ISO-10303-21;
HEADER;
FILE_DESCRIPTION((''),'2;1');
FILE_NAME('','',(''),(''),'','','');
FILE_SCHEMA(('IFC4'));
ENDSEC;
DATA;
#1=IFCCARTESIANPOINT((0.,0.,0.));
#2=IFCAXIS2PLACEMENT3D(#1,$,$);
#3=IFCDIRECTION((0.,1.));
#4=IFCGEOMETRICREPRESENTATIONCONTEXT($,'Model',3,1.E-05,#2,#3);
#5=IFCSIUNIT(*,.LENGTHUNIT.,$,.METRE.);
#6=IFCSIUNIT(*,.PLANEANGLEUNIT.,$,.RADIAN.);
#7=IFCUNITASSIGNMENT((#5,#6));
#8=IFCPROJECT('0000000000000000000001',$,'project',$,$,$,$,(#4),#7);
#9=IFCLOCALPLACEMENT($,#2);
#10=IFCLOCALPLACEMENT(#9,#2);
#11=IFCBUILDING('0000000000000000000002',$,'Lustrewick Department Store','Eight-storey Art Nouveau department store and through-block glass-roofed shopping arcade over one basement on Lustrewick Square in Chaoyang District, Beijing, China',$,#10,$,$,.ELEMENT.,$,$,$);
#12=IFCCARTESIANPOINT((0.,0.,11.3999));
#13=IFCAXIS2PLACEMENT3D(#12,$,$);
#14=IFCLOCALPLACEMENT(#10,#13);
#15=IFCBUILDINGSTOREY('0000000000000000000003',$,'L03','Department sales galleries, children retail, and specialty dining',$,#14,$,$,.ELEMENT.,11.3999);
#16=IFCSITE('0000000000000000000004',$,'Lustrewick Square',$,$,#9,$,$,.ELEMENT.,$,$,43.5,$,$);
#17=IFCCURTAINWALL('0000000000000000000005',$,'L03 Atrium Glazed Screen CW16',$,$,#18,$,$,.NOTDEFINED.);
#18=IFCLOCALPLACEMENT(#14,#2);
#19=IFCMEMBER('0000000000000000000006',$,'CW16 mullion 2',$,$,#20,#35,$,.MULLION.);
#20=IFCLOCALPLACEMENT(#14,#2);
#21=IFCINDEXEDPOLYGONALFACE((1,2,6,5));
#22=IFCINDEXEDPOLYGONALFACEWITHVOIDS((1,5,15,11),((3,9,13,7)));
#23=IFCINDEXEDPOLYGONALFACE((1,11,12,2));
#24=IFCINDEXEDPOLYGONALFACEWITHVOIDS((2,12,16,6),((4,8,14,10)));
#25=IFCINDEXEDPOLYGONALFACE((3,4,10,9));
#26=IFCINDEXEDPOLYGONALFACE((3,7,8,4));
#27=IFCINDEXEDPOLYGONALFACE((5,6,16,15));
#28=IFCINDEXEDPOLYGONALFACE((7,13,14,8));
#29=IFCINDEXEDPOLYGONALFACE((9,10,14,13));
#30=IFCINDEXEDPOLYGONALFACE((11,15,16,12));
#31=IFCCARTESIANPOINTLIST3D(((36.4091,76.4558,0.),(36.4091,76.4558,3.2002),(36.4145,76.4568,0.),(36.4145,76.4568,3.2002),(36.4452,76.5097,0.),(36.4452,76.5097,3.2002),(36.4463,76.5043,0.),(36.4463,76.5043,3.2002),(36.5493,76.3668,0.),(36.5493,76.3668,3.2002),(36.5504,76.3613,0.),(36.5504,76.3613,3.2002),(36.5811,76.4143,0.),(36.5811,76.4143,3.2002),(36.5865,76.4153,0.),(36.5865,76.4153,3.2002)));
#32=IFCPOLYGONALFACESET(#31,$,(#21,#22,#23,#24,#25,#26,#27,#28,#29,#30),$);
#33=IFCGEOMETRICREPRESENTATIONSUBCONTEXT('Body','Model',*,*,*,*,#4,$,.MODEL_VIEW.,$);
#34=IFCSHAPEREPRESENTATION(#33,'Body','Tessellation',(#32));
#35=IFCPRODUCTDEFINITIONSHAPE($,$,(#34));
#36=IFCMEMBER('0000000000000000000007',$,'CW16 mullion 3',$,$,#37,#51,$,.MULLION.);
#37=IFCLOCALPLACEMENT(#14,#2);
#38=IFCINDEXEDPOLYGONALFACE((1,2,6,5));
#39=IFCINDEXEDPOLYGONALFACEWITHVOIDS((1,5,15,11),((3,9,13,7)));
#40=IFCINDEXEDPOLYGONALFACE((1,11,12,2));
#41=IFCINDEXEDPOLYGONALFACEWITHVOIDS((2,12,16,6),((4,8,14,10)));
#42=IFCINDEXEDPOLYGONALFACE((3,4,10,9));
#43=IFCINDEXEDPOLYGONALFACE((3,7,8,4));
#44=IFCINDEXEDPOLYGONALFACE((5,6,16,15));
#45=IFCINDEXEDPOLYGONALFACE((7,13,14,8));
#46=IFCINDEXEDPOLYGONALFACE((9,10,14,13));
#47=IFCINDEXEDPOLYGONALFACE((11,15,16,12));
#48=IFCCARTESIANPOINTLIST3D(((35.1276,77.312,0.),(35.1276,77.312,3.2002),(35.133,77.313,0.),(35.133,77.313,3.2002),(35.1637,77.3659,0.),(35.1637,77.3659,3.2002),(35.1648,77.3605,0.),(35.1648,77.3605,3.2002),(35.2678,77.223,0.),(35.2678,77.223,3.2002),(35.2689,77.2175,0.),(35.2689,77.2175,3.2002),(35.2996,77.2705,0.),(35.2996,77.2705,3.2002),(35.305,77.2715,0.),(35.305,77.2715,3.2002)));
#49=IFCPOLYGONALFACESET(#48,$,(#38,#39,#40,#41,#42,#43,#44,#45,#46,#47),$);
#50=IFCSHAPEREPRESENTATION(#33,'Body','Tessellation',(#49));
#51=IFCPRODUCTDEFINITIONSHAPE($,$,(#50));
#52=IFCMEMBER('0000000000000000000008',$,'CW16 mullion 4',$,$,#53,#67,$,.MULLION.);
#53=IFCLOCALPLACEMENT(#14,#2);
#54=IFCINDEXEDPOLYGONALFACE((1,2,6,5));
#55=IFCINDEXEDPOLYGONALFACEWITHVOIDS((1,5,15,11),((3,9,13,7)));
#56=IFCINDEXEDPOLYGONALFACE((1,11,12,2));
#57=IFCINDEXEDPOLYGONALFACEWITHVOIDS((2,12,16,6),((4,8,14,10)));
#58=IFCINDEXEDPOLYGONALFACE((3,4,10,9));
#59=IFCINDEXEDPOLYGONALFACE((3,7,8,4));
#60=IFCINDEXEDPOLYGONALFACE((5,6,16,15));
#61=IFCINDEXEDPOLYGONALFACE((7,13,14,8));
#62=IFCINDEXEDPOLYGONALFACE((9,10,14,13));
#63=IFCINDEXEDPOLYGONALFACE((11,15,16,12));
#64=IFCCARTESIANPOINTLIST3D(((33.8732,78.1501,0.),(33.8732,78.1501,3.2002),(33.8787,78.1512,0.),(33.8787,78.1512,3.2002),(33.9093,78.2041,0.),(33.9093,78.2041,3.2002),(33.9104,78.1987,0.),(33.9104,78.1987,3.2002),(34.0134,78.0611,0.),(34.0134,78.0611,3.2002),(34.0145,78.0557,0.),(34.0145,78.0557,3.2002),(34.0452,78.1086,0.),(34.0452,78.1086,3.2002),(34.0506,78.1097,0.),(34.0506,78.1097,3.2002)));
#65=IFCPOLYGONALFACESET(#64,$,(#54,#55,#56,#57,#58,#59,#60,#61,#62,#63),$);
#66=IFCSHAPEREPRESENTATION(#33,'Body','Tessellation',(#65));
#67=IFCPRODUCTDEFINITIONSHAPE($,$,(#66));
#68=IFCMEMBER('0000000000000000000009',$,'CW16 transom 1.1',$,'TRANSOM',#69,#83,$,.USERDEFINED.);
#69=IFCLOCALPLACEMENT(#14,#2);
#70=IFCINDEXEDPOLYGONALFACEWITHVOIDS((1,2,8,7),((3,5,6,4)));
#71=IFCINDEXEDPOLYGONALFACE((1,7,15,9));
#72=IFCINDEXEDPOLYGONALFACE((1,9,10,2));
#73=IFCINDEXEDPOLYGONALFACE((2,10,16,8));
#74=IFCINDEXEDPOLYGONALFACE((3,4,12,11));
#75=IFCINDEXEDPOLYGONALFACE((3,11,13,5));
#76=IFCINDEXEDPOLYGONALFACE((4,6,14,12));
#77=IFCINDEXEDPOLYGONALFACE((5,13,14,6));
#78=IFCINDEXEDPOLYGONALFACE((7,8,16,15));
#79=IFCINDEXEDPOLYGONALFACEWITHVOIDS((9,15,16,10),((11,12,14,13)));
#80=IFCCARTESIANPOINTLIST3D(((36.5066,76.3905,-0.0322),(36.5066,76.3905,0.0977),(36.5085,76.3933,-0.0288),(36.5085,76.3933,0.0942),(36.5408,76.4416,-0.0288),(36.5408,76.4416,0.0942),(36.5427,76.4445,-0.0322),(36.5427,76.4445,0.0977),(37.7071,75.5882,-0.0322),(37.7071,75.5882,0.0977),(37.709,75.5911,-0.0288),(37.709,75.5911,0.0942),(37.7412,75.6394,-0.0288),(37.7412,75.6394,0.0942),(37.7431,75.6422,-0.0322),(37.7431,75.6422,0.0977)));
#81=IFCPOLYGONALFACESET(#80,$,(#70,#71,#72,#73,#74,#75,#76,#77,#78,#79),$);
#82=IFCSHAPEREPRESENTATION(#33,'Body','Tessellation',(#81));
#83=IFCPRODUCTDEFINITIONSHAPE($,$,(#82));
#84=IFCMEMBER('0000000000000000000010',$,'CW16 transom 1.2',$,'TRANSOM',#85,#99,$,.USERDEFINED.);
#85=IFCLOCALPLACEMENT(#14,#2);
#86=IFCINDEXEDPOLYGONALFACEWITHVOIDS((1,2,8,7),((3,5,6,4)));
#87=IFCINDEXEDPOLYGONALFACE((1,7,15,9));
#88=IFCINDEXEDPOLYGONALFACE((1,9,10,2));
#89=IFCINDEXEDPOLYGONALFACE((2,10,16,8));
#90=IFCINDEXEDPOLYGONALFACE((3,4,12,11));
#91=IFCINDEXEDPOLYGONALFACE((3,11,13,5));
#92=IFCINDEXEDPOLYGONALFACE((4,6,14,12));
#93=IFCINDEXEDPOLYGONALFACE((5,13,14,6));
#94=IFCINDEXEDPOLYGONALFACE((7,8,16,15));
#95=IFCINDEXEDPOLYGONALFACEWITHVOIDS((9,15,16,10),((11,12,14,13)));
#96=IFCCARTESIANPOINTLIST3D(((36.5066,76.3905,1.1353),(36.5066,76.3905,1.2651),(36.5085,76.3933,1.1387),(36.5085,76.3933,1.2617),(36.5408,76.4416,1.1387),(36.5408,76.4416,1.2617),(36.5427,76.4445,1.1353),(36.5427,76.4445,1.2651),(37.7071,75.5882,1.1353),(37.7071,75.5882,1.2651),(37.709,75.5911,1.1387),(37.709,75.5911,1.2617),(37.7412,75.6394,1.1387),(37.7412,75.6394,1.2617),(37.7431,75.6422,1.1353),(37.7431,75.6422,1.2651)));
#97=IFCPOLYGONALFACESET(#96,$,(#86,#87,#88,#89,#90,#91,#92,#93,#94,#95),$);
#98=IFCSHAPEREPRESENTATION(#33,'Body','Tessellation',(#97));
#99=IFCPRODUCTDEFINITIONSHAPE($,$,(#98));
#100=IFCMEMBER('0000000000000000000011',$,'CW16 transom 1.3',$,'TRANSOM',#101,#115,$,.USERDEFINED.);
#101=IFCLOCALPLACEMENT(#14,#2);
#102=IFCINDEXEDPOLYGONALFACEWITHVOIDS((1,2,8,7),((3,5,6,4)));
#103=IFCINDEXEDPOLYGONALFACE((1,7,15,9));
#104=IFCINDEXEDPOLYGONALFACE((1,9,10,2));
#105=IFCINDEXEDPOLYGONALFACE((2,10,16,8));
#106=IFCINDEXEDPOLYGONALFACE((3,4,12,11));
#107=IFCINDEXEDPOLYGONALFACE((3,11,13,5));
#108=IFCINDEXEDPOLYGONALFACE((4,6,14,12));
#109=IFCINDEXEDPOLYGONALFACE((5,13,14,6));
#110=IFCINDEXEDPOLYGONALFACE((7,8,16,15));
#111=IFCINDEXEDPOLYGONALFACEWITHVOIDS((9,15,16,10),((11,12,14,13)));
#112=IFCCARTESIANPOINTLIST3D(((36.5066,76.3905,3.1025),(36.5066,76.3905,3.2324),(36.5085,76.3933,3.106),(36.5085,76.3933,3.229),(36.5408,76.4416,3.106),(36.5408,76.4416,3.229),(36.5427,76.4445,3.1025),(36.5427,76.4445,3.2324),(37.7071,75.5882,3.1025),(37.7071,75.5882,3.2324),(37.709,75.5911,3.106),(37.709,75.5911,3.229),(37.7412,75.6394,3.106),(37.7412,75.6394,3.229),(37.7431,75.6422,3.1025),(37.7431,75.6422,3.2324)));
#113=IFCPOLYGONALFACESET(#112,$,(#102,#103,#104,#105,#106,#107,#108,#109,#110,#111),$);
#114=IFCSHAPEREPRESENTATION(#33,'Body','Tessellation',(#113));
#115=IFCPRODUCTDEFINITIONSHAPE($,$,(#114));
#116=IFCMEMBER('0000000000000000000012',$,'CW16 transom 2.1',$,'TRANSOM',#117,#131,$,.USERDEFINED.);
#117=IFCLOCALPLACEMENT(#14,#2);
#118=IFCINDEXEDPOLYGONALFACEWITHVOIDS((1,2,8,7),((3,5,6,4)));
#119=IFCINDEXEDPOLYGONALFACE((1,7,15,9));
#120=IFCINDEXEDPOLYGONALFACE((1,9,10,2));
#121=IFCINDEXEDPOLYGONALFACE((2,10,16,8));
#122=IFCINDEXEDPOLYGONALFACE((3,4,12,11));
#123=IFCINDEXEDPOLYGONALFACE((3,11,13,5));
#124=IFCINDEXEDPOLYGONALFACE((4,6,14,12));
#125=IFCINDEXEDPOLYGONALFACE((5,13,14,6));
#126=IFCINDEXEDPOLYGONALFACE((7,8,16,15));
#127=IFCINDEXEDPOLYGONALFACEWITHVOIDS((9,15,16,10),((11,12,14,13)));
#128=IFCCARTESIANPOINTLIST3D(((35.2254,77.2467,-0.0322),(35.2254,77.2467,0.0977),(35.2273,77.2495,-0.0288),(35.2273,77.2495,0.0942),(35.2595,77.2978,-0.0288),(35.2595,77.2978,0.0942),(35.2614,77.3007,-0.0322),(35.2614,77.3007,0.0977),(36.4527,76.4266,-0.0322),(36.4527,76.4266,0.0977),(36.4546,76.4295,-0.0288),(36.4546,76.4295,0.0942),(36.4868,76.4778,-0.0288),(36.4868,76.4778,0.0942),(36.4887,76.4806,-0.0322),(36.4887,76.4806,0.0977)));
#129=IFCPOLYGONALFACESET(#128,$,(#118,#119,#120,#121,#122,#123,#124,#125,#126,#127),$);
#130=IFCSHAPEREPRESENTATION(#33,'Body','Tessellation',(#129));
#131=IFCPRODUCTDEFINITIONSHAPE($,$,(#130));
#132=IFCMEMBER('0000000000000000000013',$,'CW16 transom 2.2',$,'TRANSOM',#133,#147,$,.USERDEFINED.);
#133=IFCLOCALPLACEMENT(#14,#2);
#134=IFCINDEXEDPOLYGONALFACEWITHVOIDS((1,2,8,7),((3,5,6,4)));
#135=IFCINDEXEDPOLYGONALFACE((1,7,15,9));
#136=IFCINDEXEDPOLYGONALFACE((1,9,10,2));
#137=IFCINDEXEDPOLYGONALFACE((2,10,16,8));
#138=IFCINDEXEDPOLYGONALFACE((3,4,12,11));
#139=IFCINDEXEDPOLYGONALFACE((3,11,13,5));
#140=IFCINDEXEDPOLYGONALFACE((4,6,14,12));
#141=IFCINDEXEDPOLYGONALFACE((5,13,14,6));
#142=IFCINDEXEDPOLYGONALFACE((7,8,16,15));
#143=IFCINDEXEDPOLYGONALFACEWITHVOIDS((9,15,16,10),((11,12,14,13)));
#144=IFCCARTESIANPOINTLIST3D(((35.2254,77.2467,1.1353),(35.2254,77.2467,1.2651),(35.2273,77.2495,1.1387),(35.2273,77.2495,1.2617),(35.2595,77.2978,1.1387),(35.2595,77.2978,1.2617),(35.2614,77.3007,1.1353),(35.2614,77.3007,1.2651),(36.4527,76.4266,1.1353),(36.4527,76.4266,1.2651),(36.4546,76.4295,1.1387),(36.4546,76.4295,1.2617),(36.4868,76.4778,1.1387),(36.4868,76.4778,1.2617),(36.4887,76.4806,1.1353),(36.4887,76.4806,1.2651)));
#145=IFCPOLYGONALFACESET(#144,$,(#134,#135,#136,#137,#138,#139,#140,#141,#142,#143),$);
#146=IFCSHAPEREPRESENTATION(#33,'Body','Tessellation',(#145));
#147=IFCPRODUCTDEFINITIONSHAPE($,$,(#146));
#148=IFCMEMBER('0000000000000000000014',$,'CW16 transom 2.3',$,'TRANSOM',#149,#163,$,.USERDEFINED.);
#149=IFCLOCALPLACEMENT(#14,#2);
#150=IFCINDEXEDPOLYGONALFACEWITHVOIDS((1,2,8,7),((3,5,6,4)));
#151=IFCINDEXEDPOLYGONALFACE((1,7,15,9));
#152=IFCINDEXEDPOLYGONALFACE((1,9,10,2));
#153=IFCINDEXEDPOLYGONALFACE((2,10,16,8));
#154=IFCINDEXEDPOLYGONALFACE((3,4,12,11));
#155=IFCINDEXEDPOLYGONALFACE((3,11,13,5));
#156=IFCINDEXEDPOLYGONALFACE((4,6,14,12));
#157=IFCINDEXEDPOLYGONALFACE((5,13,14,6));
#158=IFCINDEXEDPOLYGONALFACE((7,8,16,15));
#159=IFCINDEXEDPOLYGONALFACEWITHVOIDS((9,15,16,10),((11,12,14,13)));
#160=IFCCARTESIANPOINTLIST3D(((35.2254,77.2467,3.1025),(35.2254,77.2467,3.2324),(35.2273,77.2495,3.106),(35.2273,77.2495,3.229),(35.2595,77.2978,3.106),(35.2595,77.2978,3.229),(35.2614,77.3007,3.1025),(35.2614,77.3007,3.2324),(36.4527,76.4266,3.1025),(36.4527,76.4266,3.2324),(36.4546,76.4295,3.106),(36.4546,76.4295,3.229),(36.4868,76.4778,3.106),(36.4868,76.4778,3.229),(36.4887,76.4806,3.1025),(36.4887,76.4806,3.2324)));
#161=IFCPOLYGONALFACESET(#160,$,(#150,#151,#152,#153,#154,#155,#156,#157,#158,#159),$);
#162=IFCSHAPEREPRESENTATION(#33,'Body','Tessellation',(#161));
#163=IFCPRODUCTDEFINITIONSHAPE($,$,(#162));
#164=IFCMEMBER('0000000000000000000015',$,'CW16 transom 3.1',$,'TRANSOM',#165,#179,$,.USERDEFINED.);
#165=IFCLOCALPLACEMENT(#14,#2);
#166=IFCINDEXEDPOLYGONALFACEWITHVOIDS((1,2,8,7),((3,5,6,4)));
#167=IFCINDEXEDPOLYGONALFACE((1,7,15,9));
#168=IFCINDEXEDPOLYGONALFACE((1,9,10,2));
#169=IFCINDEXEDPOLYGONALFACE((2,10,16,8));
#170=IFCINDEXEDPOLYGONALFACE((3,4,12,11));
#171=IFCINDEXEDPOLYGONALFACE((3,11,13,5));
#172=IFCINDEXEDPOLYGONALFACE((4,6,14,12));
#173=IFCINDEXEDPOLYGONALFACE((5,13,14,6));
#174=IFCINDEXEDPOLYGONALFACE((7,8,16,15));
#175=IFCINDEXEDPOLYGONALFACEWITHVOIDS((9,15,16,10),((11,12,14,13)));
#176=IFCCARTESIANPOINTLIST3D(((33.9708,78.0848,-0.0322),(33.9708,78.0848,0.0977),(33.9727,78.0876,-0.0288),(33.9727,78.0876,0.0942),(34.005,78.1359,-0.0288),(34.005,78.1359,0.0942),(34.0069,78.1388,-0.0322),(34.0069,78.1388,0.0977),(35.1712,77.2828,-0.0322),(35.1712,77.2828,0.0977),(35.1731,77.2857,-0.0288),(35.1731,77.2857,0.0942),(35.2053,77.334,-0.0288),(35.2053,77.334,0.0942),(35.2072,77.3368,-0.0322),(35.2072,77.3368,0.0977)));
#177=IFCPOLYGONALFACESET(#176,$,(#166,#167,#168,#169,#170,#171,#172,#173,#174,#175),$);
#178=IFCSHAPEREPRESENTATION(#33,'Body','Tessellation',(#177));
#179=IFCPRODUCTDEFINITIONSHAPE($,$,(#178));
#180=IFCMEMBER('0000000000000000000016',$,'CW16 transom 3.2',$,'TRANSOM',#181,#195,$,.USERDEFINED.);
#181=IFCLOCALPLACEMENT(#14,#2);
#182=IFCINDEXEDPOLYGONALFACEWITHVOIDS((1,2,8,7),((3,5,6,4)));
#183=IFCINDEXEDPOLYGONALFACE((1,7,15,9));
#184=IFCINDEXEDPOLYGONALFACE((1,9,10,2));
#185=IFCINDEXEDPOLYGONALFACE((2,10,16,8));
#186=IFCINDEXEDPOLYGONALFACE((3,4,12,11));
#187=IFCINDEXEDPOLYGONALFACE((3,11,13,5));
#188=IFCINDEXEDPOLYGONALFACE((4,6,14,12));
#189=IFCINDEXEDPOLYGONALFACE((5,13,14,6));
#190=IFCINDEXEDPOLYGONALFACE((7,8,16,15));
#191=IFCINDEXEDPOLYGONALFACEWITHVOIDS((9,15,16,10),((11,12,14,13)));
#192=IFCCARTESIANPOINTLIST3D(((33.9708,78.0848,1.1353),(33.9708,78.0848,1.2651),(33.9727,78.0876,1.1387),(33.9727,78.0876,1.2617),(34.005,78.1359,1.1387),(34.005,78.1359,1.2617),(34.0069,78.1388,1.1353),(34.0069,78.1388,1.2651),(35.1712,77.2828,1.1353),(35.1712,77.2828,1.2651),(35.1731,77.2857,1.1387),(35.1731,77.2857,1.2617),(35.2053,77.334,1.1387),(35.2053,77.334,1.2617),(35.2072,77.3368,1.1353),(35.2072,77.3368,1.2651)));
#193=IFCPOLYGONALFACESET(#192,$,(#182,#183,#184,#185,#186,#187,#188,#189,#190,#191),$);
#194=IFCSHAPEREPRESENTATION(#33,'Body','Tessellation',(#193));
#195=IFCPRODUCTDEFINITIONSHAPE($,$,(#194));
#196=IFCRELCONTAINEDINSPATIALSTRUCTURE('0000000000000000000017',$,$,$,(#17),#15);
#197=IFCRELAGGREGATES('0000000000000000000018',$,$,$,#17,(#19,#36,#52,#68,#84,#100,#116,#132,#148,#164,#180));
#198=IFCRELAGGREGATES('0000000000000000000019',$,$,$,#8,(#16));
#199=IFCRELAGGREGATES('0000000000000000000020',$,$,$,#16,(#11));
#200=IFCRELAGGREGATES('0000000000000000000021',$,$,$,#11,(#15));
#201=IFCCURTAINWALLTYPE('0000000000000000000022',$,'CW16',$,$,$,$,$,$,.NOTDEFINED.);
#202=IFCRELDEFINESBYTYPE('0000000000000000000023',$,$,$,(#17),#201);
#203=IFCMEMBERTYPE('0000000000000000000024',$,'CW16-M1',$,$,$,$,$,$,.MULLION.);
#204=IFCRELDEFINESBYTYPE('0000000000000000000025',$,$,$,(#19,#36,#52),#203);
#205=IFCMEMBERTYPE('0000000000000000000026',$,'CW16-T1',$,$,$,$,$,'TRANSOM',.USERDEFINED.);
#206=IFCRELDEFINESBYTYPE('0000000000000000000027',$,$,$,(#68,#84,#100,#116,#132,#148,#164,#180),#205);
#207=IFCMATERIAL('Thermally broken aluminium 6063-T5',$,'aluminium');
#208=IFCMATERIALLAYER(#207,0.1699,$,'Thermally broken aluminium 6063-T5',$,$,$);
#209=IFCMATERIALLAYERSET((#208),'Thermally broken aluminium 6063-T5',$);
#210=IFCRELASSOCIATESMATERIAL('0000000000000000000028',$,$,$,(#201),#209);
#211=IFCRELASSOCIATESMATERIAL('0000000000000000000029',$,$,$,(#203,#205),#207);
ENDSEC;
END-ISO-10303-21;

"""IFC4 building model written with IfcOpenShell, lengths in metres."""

from ifc_helpers import new_model, si_unit, direction, frame, origin, origin_2d, place, context, subcontext, project, spatial, hollow_rectangle, extrude, material, layer, layer_set, material_profile, profile_set, type_object, element, aggregate, save


model = new_model("IFC4")

# Units and contexts
model_context = context("Model", 3, precision=1e-05, world=origin(), true_north=direction((0.0, 1.0)))
body_context = subcontext(model_context, "Body", "Model", "MODEL_VIEW")
ifc_project = project(units=[si_unit("LENGTHUNIT", "METRE"), si_unit("PLANEANGLEUNIT", "RADIAN")], contexts=[model_context])

# Site, building, storey
site_placement = place(None, origin())
site = spatial("IfcSite", under=ifc_project, at=site_placement, Name="Lustrewick Square", CompositionType="ELEMENT", RefElevation=43.5)
building_placement = place(site_placement, origin())
building = spatial("IfcBuilding", under=site, at=building_placement, Name="Lustrewick Department Store", Description="Eight-storey Art Nouveau department store and through-block glass-roofed shopping arcade over one basement on Lustrewick Square in Chaoyang District, Beijing, China", CompositionType="ELEMENT")
storey_placement = place(building_placement, frame((0.0, 0.0, 11.3999)))
storey = spatial("IfcBuildingStorey", under=building, at=storey_placement, Name="L03", Description="Department sales galleries, children retail, and specialty dining", CompositionType="ELEMENT", Elevation=11.3999)

# Curtain wall, members
ifc_material_1 = material(Name="Thermally broken aluminium 6063-T5", Category="aluminium")
ifc_layer_1 = layer(ifc_material_1, 0.1699, Name="Thermally broken aluminium 6063-T5")
ifc_layer_set_1 = layer_set([ifc_layer_1], Name="Thermally broken aluminium 6063-T5")
curtain_wall_type_1 = type_object("IfcCurtainWallType", Name="CW16", PredefinedType="NOTDEFINED", material=ifc_layer_set_1)
curtain_wall_1_placement = place(storey_placement, origin())
curtain_wall_1 = element("IfcCurtainWall", 1, at=curtain_wall_1_placement, inside=storey, type_object=curtain_wall_type_1, Name="L03 Atrium Glazed Screen CW16", PredefinedType="NOTDEFINED")
ifc_material_profile_1 = material_profile(ifc_material_1, hollow_rectangle(XDim=0.0649, YDim=0.1699, WallThickness=0.0039, at=origin_2d()), Name="ALU-M 65x170x4")
ifc_profile_set_1 = profile_set([ifc_material_profile_1], Name="Thermally broken aluminium 6063-T5")
member_type_1 = type_object("IfcMemberType", Name="CW16-M1", PredefinedType="MULLION", material=ifc_profile_set_1)
member_1_placement = place(storey_placement, frame((36.4978, 76.4355, 0.0), z_axis=(0.0, 0.0, 1.0), x_axis=(-0.555578, -0.831464, 0.0)))
member_1 = element("IfcMember", 2, at=member_1_placement, type_object=member_type_1, Name="CW16 mullion 2", PredefinedType="MULLION", context=body_context, shape_type="SweptSolid", body=[
    extrude(hollow_rectangle(XDim=0.0649, YDim=0.1699, WallThickness=0.0039, at=origin_2d()), origin(), (0.0, 0.0, 1.0), 3.2002),
])
member_2_placement = place(storey_placement, frame((35.2163, 77.2917, 0.0), z_axis=(0.0, 0.0, 1.0), x_axis=(-0.555578, -0.831464, 0.0)))
member_2 = element("IfcMember", 3, at=member_2_placement, type_object=member_type_1, Name="CW16 mullion 3", PredefinedType="MULLION", context=body_context, shape_type="SweptSolid", body=[
    extrude(hollow_rectangle(XDim=0.0649, YDim=0.1699, WallThickness=0.0039, at=origin_2d()), origin(), (0.0, 0.0, 1.0), 3.2002),
])
member_3_placement = place(storey_placement, frame((33.9619, 78.1299, 0.0), z_axis=(0.0, 0.0, 1.0), x_axis=(-0.555578, -0.831464, 0.0)))
member_3 = element("IfcMember", 4, at=member_3_placement, type_object=member_type_1, Name="CW16 mullion 4", PredefinedType="MULLION", context=body_context, shape_type="SweptSolid", body=[
    extrude(hollow_rectangle(XDim=0.0649, YDim=0.1699, WallThickness=0.0039, at=origin_2d()), origin(), (0.0, 0.0, 1.0), 3.2002),
])
ifc_material_profile_2 = material_profile(ifc_material_1, hollow_rectangle(XDim=0.0649, YDim=0.1299, WallThickness=0.0034, at=origin_2d()), Name="ALU-T 65x130x3.5")
ifc_profile_set_2 = profile_set([ifc_material_profile_2], Name="Thermally broken aluminium 6063-T5")
member_type_2 = type_object("IfcMemberType", Name="CW16-T1", ElementType="TRANSOM", PredefinedType="USERDEFINED", material=ifc_profile_set_2)
member_4_placement = place(storey_placement, frame((37.7251, 75.6152, 0.0327), z_axis=(-0.831425, 0.555636, 0.0), x_axis=(-0.555636, -0.831425, 0.0)))
member_4 = element("IfcMember", 5, at=member_4_placement, type_object=member_type_2, Name="CW16 transom 1.1", ObjectType="TRANSOM", PredefinedType="USERDEFINED", context=body_context, shape_type="SweptSolid", body=[
    extrude(hollow_rectangle(XDim=0.0649, YDim=0.1299, WallThickness=0.0034, at=origin_2d()), origin(), (0.0, 0.0, 1.0), 1.4438),
])
member_5_placement = place(storey_placement, frame((37.7251, 75.6152, 1.2002), z_axis=(-0.831425, 0.555636, 0.0), x_axis=(-0.555636, -0.831425, 0.0)))
member_5 = element("IfcMember", 6, at=member_5_placement, type_object=member_type_2, Name="CW16 transom 1.2", ObjectType="TRANSOM", PredefinedType="USERDEFINED", context=body_context, shape_type="SweptSolid", body=[
    extrude(hollow_rectangle(XDim=0.0649, YDim=0.1299, WallThickness=0.0034, at=origin_2d()), origin(), (0.0, 0.0, 1.0), 1.4438),
])
member_6_placement = place(storey_placement, frame((37.7251, 75.6152, 3.1675), z_axis=(-0.831425, 0.555636, 0.0), x_axis=(-0.555636, -0.831425, 0.0)))
member_6 = element("IfcMember", 7, at=member_6_placement, type_object=member_type_2, Name="CW16 transom 1.3", ObjectType="TRANSOM", PredefinedType="USERDEFINED", context=body_context, shape_type="SweptSolid", body=[
    extrude(hollow_rectangle(XDim=0.0649, YDim=0.1299, WallThickness=0.0034, at=origin_2d()), origin(), (0.0, 0.0, 1.0), 1.4438),
])
member_7_placement = place(storey_placement, frame((36.4707, 76.4536, 0.0327), z_axis=(-0.831465, 0.555578, 0.0), x_axis=(-0.555578, -0.831465, 0.0)))
member_7 = element("IfcMember", 8, at=member_7_placement, type_object=member_type_2, Name="CW16 transom 2.1", ObjectType="TRANSOM", PredefinedType="USERDEFINED", context=body_context, shape_type="SweptSolid", body=[
    extrude(hollow_rectangle(XDim=0.0649, YDim=0.1299, WallThickness=0.0034, at=origin_2d()), origin(), (0.0, 0.0, 1.0), 1.4761),
])
member_8_placement = place(storey_placement, frame((36.4707, 76.4536, 1.2002), z_axis=(-0.831465, 0.555578, 0.0), x_axis=(-0.555578, -0.831465, 0.0)))
member_8 = element("IfcMember", 9, at=member_8_placement, type_object=member_type_2, Name="CW16 transom 2.2", ObjectType="TRANSOM", PredefinedType="USERDEFINED", context=body_context, shape_type="SweptSolid", body=[
    extrude(hollow_rectangle(XDim=0.0649, YDim=0.1299, WallThickness=0.0034, at=origin_2d()), origin(), (0.0, 0.0, 1.0), 1.4761),
])
member_9_placement = place(storey_placement, frame((36.4707, 76.4536, 3.1675), z_axis=(-0.831465, 0.555578, 0.0), x_axis=(-0.555578, -0.831465, 0.0)))
member_9 = element("IfcMember", 10, at=member_9_placement, type_object=member_type_2, Name="CW16 transom 2.3", ObjectType="TRANSOM", PredefinedType="USERDEFINED", context=body_context, shape_type="SweptSolid", body=[
    extrude(hollow_rectangle(XDim=0.0649, YDim=0.1299, WallThickness=0.0034, at=origin_2d()), origin(), (0.0, 0.0, 1.0), 1.4761),
])
member_10_placement = place(storey_placement, frame((35.1892, 77.3098, 0.0327), z_axis=(-0.831504, 0.555519, 0.0), x_axis=(-0.555519, -0.831504, 0.0)))
member_10 = element("IfcMember", 11, at=member_10_placement, type_object=member_type_2, Name="CW16 transom 3.1", ObjectType="TRANSOM", PredefinedType="USERDEFINED", context=body_context, shape_type="SweptSolid", body=[
    extrude(hollow_rectangle(XDim=0.0649, YDim=0.1299, WallThickness=0.0034, at=origin_2d()), origin(), (0.0, 0.0, 1.0), 1.4436),
])
member_11_placement = place(storey_placement, frame((35.1892, 77.3098, 1.2002), z_axis=(-0.831504, 0.555519, 0.0), x_axis=(-0.555519, -0.831504, 0.0)))
member_11 = element("IfcMember", 12, at=member_11_placement, type_object=member_type_2, Name="CW16 transom 3.2", ObjectType="TRANSOM", PredefinedType="USERDEFINED", context=body_context, shape_type="SweptSolid", body=[
    extrude(hollow_rectangle(XDim=0.0649, YDim=0.1299, WallThickness=0.0034, at=origin_2d()), origin(), (0.0, 0.0, 1.0), 1.4436),
])

aggregate(curtain_wall_1, [member_1, member_2, member_3, member_4, member_5, member_6, member_7, member_8, member_9, member_10, member_11])

save(model, "model.ifc")
